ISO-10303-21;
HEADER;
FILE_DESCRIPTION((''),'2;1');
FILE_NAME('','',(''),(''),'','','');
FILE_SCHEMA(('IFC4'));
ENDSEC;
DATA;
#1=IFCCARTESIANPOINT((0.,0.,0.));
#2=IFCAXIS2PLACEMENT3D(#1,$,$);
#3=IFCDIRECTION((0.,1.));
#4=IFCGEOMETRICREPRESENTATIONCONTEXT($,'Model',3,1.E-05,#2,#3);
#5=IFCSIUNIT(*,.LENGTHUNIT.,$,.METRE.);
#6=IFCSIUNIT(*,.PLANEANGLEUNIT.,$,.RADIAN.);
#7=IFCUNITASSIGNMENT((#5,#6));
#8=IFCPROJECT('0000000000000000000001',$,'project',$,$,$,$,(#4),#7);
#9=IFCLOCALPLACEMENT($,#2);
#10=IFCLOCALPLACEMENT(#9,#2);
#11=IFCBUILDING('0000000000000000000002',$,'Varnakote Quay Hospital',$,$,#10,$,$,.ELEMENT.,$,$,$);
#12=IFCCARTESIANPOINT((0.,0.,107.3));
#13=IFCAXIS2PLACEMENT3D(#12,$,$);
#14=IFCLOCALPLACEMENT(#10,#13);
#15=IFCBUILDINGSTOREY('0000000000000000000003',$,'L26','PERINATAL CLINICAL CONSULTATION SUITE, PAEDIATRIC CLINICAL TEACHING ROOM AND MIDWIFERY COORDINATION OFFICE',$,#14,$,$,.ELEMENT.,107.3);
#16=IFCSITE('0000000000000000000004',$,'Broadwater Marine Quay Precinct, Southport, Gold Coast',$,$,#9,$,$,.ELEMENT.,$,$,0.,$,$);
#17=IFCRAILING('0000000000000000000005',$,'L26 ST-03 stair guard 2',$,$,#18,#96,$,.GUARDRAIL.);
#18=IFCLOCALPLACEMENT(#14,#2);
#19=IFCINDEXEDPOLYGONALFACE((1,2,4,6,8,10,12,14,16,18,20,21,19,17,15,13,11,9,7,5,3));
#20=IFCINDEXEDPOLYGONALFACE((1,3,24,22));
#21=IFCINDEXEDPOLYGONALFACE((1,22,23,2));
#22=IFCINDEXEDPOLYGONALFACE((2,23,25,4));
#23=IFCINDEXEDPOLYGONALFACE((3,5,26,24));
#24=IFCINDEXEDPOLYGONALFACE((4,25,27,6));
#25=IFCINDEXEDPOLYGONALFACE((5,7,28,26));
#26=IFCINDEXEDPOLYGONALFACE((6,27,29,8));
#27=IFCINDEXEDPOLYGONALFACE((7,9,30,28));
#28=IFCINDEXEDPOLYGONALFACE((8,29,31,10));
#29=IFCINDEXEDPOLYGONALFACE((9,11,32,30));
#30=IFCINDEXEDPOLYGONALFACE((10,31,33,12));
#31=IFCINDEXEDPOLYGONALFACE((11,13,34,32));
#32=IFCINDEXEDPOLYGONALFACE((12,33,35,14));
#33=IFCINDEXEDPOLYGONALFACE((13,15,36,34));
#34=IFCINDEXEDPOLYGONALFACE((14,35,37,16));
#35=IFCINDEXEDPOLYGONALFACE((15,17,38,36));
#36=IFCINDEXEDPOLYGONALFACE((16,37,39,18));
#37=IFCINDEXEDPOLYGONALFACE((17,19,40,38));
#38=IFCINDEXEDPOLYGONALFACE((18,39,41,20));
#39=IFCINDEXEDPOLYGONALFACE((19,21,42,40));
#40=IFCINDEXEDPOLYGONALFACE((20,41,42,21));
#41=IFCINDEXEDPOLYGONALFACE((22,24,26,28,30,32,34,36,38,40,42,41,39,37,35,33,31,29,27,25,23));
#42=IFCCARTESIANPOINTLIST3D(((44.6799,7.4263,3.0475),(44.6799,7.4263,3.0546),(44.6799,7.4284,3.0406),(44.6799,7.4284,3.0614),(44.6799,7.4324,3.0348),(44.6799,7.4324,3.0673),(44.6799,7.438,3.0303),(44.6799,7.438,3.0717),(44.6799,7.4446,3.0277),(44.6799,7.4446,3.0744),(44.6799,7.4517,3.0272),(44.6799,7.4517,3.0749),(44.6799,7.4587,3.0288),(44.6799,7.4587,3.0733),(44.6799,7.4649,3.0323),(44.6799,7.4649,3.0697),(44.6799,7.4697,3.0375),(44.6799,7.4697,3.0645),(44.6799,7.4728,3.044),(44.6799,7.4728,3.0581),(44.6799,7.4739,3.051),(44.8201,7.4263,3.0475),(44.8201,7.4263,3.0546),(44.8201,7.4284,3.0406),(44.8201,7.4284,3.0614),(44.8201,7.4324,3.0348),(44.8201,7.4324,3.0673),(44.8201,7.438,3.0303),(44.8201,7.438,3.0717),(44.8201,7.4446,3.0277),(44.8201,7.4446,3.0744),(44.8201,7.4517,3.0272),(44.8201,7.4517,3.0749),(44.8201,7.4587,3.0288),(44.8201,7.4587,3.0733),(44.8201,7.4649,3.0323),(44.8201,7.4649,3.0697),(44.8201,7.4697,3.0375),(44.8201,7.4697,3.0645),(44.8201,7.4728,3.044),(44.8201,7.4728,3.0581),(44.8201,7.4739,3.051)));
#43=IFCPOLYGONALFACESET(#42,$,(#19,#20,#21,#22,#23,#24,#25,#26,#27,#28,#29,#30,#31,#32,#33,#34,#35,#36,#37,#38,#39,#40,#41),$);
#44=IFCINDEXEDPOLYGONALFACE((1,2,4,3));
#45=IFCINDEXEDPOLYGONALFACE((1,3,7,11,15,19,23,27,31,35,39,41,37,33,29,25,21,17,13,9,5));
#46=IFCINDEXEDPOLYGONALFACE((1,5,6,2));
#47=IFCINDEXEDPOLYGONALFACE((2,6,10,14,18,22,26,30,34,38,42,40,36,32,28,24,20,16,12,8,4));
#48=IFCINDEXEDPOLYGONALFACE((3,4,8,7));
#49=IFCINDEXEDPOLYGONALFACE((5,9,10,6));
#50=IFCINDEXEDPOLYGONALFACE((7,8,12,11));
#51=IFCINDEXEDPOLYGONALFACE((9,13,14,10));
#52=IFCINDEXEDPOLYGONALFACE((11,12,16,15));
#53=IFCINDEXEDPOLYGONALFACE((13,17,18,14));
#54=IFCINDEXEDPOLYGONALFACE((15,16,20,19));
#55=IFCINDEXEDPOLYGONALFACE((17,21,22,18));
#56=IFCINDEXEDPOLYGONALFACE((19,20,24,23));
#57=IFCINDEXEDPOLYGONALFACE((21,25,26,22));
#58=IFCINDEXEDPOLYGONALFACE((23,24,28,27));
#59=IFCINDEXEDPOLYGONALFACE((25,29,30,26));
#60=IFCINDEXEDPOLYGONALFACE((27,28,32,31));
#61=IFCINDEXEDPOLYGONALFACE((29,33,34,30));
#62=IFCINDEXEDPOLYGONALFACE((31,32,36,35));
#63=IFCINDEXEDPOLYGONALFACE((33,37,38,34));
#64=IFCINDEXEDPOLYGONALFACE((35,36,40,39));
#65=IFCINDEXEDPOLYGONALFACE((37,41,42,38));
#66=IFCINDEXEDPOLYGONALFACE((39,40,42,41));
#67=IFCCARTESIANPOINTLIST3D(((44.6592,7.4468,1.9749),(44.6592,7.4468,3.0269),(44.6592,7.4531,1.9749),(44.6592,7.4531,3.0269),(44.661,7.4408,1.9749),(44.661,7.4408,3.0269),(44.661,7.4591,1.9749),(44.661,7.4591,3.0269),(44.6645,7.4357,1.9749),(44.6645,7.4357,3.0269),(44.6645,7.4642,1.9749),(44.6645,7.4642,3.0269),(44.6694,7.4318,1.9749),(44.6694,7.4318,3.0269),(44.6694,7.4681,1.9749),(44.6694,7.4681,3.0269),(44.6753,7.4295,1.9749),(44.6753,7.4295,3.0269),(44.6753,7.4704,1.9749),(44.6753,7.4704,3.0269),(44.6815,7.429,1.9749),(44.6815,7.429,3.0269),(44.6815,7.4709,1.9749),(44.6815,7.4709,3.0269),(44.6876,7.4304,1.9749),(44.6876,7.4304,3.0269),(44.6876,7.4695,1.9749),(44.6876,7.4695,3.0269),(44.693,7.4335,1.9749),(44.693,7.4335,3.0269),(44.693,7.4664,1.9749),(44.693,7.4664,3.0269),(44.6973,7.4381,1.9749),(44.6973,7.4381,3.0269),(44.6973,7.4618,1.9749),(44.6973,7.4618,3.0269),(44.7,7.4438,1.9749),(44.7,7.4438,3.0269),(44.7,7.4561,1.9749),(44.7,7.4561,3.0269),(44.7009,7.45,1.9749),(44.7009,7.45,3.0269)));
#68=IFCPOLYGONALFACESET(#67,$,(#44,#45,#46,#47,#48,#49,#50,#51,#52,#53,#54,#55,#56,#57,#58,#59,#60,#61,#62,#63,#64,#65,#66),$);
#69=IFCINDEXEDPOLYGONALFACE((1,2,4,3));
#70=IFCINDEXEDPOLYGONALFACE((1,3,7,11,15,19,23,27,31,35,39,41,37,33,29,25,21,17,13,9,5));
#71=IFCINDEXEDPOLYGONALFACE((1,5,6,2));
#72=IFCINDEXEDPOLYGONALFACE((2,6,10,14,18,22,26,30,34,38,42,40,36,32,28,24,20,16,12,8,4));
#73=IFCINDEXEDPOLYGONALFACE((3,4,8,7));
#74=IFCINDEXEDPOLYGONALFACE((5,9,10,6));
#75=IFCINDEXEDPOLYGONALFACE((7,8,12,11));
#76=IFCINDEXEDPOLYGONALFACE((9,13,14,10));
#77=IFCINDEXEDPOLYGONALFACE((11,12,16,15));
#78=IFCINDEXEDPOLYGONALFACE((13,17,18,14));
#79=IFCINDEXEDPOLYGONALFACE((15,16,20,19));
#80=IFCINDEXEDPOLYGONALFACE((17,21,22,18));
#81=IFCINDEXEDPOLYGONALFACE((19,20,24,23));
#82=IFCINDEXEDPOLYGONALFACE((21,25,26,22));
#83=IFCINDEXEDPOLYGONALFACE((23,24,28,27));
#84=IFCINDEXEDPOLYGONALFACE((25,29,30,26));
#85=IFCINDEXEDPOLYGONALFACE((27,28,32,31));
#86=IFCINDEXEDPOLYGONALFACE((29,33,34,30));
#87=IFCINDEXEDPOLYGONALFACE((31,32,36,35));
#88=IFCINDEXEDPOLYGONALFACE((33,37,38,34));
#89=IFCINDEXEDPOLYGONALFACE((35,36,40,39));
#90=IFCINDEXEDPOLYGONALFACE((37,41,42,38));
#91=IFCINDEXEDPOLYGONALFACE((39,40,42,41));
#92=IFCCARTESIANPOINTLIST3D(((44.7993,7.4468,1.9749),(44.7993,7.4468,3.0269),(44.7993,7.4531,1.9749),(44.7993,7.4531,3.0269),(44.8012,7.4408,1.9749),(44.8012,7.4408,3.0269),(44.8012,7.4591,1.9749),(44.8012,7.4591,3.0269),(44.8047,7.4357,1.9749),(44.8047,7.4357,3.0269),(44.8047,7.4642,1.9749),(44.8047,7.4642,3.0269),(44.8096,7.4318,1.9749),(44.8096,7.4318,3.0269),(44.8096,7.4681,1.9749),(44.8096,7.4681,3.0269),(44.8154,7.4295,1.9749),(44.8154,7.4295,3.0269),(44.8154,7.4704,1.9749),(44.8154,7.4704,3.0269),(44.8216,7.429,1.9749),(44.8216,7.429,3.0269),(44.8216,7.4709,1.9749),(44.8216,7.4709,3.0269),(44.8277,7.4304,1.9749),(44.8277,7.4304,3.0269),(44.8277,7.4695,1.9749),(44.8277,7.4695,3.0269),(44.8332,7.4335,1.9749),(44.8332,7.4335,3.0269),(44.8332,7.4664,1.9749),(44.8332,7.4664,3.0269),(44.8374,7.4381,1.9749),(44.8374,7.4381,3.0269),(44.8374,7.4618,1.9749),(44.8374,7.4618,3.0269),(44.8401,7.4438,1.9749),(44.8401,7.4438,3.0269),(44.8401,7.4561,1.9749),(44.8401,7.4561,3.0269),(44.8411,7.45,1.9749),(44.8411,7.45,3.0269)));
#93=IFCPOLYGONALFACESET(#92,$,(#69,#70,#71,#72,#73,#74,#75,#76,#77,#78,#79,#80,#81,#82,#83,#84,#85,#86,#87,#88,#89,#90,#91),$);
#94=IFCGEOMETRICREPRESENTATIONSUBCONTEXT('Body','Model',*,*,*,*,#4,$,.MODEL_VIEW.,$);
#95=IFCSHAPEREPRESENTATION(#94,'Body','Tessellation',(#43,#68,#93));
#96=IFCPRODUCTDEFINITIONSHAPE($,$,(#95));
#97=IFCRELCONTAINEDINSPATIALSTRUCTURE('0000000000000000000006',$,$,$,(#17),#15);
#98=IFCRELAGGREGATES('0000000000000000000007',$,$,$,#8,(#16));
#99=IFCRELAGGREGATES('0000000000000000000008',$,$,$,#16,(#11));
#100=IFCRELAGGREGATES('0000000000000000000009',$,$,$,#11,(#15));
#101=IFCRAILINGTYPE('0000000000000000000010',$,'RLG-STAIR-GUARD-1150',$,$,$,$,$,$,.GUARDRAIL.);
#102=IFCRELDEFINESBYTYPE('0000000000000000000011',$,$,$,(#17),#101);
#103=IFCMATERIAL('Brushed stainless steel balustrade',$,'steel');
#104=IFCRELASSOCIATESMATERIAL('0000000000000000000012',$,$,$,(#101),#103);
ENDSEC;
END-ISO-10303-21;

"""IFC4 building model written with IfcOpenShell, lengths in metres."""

from ifc_helpers import new_model, si_unit, direction, frame, origin, origin_2d, place, context, subcontext, project, spatial, circle, extrude, material, type_object, element, save


model = new_model("IFC4")

# Units and contexts
model_context = context("Model", 3, precision=1e-05, world=origin(), true_north=direction((0.0, 1.0)))
body_context = subcontext(model_context, "Body", "Model", "MODEL_VIEW")
ifc_project = project(units=[si_unit("LENGTHUNIT", "METRE"), si_unit("PLANEANGLEUNIT", "RADIAN")], contexts=[model_context])

# Site, building, storey
site_placement = place(None, origin())
site = spatial("IfcSite", under=ifc_project, at=site_placement, Name="Broadwater Marine Quay Precinct, Southport, Gold Coast", CompositionType="ELEMENT", RefElevation=0.0)
building_placement = place(site_placement, origin())
building = spatial("IfcBuilding", under=site, at=building_placement, Name="Varnakote Quay Hospital", CompositionType="ELEMENT")
storey_placement = place(building_placement, frame((0.0, 0.0, 107.3)))
storey = spatial("IfcBuildingStorey", under=building, at=storey_placement, Name="L26", Description="PERINATAL CLINICAL CONSULTATION SUITE, PAEDIATRIC CLINICAL TEACHING ROOM AND MIDWIFERY COORDINATION OFFICE", CompositionType="ELEMENT", Elevation=107.3)

# Railing
ifc_material_1 = material(Name="Brushed stainless steel balustrade", Category="steel")
railing_type_1 = type_object("IfcRailingType", Name="RLG-STAIR-GUARD-1150", PredefinedType="GUARDRAIL", material=ifc_material_1)
railing_1_placement = place(storey_placement, frame((44.6799, 7.45, 1.9749)))
element("IfcRailing", 1, at=railing_1_placement, inside=storey, type_object=railing_type_1, Name="L26 ST-03 stair guard 2", PredefinedType="GUARDRAIL", context=body_context, shape_type="SweptSolid", body=[
    extrude(circle(Radius=0.0239, at=origin_2d()), frame((0.0, 0.0, 1.0762), z_axis=(1.0, 0.0, 0.0), x_axis=(0.0, 1.0, 0.0)), (0.0, 0.0, 1.0), 0.1401),
    extrude(circle(Radius=0.021, at=origin_2d()), origin(), (0.0, 0.0, 1.0), 1.052),
    extrude(circle(Radius=0.021, at=origin_2d()), frame((0.1401, 0.0, 0.0)), (0.0, 0.0, 1.0), 1.052),
])

save(model, "model.ifc")
